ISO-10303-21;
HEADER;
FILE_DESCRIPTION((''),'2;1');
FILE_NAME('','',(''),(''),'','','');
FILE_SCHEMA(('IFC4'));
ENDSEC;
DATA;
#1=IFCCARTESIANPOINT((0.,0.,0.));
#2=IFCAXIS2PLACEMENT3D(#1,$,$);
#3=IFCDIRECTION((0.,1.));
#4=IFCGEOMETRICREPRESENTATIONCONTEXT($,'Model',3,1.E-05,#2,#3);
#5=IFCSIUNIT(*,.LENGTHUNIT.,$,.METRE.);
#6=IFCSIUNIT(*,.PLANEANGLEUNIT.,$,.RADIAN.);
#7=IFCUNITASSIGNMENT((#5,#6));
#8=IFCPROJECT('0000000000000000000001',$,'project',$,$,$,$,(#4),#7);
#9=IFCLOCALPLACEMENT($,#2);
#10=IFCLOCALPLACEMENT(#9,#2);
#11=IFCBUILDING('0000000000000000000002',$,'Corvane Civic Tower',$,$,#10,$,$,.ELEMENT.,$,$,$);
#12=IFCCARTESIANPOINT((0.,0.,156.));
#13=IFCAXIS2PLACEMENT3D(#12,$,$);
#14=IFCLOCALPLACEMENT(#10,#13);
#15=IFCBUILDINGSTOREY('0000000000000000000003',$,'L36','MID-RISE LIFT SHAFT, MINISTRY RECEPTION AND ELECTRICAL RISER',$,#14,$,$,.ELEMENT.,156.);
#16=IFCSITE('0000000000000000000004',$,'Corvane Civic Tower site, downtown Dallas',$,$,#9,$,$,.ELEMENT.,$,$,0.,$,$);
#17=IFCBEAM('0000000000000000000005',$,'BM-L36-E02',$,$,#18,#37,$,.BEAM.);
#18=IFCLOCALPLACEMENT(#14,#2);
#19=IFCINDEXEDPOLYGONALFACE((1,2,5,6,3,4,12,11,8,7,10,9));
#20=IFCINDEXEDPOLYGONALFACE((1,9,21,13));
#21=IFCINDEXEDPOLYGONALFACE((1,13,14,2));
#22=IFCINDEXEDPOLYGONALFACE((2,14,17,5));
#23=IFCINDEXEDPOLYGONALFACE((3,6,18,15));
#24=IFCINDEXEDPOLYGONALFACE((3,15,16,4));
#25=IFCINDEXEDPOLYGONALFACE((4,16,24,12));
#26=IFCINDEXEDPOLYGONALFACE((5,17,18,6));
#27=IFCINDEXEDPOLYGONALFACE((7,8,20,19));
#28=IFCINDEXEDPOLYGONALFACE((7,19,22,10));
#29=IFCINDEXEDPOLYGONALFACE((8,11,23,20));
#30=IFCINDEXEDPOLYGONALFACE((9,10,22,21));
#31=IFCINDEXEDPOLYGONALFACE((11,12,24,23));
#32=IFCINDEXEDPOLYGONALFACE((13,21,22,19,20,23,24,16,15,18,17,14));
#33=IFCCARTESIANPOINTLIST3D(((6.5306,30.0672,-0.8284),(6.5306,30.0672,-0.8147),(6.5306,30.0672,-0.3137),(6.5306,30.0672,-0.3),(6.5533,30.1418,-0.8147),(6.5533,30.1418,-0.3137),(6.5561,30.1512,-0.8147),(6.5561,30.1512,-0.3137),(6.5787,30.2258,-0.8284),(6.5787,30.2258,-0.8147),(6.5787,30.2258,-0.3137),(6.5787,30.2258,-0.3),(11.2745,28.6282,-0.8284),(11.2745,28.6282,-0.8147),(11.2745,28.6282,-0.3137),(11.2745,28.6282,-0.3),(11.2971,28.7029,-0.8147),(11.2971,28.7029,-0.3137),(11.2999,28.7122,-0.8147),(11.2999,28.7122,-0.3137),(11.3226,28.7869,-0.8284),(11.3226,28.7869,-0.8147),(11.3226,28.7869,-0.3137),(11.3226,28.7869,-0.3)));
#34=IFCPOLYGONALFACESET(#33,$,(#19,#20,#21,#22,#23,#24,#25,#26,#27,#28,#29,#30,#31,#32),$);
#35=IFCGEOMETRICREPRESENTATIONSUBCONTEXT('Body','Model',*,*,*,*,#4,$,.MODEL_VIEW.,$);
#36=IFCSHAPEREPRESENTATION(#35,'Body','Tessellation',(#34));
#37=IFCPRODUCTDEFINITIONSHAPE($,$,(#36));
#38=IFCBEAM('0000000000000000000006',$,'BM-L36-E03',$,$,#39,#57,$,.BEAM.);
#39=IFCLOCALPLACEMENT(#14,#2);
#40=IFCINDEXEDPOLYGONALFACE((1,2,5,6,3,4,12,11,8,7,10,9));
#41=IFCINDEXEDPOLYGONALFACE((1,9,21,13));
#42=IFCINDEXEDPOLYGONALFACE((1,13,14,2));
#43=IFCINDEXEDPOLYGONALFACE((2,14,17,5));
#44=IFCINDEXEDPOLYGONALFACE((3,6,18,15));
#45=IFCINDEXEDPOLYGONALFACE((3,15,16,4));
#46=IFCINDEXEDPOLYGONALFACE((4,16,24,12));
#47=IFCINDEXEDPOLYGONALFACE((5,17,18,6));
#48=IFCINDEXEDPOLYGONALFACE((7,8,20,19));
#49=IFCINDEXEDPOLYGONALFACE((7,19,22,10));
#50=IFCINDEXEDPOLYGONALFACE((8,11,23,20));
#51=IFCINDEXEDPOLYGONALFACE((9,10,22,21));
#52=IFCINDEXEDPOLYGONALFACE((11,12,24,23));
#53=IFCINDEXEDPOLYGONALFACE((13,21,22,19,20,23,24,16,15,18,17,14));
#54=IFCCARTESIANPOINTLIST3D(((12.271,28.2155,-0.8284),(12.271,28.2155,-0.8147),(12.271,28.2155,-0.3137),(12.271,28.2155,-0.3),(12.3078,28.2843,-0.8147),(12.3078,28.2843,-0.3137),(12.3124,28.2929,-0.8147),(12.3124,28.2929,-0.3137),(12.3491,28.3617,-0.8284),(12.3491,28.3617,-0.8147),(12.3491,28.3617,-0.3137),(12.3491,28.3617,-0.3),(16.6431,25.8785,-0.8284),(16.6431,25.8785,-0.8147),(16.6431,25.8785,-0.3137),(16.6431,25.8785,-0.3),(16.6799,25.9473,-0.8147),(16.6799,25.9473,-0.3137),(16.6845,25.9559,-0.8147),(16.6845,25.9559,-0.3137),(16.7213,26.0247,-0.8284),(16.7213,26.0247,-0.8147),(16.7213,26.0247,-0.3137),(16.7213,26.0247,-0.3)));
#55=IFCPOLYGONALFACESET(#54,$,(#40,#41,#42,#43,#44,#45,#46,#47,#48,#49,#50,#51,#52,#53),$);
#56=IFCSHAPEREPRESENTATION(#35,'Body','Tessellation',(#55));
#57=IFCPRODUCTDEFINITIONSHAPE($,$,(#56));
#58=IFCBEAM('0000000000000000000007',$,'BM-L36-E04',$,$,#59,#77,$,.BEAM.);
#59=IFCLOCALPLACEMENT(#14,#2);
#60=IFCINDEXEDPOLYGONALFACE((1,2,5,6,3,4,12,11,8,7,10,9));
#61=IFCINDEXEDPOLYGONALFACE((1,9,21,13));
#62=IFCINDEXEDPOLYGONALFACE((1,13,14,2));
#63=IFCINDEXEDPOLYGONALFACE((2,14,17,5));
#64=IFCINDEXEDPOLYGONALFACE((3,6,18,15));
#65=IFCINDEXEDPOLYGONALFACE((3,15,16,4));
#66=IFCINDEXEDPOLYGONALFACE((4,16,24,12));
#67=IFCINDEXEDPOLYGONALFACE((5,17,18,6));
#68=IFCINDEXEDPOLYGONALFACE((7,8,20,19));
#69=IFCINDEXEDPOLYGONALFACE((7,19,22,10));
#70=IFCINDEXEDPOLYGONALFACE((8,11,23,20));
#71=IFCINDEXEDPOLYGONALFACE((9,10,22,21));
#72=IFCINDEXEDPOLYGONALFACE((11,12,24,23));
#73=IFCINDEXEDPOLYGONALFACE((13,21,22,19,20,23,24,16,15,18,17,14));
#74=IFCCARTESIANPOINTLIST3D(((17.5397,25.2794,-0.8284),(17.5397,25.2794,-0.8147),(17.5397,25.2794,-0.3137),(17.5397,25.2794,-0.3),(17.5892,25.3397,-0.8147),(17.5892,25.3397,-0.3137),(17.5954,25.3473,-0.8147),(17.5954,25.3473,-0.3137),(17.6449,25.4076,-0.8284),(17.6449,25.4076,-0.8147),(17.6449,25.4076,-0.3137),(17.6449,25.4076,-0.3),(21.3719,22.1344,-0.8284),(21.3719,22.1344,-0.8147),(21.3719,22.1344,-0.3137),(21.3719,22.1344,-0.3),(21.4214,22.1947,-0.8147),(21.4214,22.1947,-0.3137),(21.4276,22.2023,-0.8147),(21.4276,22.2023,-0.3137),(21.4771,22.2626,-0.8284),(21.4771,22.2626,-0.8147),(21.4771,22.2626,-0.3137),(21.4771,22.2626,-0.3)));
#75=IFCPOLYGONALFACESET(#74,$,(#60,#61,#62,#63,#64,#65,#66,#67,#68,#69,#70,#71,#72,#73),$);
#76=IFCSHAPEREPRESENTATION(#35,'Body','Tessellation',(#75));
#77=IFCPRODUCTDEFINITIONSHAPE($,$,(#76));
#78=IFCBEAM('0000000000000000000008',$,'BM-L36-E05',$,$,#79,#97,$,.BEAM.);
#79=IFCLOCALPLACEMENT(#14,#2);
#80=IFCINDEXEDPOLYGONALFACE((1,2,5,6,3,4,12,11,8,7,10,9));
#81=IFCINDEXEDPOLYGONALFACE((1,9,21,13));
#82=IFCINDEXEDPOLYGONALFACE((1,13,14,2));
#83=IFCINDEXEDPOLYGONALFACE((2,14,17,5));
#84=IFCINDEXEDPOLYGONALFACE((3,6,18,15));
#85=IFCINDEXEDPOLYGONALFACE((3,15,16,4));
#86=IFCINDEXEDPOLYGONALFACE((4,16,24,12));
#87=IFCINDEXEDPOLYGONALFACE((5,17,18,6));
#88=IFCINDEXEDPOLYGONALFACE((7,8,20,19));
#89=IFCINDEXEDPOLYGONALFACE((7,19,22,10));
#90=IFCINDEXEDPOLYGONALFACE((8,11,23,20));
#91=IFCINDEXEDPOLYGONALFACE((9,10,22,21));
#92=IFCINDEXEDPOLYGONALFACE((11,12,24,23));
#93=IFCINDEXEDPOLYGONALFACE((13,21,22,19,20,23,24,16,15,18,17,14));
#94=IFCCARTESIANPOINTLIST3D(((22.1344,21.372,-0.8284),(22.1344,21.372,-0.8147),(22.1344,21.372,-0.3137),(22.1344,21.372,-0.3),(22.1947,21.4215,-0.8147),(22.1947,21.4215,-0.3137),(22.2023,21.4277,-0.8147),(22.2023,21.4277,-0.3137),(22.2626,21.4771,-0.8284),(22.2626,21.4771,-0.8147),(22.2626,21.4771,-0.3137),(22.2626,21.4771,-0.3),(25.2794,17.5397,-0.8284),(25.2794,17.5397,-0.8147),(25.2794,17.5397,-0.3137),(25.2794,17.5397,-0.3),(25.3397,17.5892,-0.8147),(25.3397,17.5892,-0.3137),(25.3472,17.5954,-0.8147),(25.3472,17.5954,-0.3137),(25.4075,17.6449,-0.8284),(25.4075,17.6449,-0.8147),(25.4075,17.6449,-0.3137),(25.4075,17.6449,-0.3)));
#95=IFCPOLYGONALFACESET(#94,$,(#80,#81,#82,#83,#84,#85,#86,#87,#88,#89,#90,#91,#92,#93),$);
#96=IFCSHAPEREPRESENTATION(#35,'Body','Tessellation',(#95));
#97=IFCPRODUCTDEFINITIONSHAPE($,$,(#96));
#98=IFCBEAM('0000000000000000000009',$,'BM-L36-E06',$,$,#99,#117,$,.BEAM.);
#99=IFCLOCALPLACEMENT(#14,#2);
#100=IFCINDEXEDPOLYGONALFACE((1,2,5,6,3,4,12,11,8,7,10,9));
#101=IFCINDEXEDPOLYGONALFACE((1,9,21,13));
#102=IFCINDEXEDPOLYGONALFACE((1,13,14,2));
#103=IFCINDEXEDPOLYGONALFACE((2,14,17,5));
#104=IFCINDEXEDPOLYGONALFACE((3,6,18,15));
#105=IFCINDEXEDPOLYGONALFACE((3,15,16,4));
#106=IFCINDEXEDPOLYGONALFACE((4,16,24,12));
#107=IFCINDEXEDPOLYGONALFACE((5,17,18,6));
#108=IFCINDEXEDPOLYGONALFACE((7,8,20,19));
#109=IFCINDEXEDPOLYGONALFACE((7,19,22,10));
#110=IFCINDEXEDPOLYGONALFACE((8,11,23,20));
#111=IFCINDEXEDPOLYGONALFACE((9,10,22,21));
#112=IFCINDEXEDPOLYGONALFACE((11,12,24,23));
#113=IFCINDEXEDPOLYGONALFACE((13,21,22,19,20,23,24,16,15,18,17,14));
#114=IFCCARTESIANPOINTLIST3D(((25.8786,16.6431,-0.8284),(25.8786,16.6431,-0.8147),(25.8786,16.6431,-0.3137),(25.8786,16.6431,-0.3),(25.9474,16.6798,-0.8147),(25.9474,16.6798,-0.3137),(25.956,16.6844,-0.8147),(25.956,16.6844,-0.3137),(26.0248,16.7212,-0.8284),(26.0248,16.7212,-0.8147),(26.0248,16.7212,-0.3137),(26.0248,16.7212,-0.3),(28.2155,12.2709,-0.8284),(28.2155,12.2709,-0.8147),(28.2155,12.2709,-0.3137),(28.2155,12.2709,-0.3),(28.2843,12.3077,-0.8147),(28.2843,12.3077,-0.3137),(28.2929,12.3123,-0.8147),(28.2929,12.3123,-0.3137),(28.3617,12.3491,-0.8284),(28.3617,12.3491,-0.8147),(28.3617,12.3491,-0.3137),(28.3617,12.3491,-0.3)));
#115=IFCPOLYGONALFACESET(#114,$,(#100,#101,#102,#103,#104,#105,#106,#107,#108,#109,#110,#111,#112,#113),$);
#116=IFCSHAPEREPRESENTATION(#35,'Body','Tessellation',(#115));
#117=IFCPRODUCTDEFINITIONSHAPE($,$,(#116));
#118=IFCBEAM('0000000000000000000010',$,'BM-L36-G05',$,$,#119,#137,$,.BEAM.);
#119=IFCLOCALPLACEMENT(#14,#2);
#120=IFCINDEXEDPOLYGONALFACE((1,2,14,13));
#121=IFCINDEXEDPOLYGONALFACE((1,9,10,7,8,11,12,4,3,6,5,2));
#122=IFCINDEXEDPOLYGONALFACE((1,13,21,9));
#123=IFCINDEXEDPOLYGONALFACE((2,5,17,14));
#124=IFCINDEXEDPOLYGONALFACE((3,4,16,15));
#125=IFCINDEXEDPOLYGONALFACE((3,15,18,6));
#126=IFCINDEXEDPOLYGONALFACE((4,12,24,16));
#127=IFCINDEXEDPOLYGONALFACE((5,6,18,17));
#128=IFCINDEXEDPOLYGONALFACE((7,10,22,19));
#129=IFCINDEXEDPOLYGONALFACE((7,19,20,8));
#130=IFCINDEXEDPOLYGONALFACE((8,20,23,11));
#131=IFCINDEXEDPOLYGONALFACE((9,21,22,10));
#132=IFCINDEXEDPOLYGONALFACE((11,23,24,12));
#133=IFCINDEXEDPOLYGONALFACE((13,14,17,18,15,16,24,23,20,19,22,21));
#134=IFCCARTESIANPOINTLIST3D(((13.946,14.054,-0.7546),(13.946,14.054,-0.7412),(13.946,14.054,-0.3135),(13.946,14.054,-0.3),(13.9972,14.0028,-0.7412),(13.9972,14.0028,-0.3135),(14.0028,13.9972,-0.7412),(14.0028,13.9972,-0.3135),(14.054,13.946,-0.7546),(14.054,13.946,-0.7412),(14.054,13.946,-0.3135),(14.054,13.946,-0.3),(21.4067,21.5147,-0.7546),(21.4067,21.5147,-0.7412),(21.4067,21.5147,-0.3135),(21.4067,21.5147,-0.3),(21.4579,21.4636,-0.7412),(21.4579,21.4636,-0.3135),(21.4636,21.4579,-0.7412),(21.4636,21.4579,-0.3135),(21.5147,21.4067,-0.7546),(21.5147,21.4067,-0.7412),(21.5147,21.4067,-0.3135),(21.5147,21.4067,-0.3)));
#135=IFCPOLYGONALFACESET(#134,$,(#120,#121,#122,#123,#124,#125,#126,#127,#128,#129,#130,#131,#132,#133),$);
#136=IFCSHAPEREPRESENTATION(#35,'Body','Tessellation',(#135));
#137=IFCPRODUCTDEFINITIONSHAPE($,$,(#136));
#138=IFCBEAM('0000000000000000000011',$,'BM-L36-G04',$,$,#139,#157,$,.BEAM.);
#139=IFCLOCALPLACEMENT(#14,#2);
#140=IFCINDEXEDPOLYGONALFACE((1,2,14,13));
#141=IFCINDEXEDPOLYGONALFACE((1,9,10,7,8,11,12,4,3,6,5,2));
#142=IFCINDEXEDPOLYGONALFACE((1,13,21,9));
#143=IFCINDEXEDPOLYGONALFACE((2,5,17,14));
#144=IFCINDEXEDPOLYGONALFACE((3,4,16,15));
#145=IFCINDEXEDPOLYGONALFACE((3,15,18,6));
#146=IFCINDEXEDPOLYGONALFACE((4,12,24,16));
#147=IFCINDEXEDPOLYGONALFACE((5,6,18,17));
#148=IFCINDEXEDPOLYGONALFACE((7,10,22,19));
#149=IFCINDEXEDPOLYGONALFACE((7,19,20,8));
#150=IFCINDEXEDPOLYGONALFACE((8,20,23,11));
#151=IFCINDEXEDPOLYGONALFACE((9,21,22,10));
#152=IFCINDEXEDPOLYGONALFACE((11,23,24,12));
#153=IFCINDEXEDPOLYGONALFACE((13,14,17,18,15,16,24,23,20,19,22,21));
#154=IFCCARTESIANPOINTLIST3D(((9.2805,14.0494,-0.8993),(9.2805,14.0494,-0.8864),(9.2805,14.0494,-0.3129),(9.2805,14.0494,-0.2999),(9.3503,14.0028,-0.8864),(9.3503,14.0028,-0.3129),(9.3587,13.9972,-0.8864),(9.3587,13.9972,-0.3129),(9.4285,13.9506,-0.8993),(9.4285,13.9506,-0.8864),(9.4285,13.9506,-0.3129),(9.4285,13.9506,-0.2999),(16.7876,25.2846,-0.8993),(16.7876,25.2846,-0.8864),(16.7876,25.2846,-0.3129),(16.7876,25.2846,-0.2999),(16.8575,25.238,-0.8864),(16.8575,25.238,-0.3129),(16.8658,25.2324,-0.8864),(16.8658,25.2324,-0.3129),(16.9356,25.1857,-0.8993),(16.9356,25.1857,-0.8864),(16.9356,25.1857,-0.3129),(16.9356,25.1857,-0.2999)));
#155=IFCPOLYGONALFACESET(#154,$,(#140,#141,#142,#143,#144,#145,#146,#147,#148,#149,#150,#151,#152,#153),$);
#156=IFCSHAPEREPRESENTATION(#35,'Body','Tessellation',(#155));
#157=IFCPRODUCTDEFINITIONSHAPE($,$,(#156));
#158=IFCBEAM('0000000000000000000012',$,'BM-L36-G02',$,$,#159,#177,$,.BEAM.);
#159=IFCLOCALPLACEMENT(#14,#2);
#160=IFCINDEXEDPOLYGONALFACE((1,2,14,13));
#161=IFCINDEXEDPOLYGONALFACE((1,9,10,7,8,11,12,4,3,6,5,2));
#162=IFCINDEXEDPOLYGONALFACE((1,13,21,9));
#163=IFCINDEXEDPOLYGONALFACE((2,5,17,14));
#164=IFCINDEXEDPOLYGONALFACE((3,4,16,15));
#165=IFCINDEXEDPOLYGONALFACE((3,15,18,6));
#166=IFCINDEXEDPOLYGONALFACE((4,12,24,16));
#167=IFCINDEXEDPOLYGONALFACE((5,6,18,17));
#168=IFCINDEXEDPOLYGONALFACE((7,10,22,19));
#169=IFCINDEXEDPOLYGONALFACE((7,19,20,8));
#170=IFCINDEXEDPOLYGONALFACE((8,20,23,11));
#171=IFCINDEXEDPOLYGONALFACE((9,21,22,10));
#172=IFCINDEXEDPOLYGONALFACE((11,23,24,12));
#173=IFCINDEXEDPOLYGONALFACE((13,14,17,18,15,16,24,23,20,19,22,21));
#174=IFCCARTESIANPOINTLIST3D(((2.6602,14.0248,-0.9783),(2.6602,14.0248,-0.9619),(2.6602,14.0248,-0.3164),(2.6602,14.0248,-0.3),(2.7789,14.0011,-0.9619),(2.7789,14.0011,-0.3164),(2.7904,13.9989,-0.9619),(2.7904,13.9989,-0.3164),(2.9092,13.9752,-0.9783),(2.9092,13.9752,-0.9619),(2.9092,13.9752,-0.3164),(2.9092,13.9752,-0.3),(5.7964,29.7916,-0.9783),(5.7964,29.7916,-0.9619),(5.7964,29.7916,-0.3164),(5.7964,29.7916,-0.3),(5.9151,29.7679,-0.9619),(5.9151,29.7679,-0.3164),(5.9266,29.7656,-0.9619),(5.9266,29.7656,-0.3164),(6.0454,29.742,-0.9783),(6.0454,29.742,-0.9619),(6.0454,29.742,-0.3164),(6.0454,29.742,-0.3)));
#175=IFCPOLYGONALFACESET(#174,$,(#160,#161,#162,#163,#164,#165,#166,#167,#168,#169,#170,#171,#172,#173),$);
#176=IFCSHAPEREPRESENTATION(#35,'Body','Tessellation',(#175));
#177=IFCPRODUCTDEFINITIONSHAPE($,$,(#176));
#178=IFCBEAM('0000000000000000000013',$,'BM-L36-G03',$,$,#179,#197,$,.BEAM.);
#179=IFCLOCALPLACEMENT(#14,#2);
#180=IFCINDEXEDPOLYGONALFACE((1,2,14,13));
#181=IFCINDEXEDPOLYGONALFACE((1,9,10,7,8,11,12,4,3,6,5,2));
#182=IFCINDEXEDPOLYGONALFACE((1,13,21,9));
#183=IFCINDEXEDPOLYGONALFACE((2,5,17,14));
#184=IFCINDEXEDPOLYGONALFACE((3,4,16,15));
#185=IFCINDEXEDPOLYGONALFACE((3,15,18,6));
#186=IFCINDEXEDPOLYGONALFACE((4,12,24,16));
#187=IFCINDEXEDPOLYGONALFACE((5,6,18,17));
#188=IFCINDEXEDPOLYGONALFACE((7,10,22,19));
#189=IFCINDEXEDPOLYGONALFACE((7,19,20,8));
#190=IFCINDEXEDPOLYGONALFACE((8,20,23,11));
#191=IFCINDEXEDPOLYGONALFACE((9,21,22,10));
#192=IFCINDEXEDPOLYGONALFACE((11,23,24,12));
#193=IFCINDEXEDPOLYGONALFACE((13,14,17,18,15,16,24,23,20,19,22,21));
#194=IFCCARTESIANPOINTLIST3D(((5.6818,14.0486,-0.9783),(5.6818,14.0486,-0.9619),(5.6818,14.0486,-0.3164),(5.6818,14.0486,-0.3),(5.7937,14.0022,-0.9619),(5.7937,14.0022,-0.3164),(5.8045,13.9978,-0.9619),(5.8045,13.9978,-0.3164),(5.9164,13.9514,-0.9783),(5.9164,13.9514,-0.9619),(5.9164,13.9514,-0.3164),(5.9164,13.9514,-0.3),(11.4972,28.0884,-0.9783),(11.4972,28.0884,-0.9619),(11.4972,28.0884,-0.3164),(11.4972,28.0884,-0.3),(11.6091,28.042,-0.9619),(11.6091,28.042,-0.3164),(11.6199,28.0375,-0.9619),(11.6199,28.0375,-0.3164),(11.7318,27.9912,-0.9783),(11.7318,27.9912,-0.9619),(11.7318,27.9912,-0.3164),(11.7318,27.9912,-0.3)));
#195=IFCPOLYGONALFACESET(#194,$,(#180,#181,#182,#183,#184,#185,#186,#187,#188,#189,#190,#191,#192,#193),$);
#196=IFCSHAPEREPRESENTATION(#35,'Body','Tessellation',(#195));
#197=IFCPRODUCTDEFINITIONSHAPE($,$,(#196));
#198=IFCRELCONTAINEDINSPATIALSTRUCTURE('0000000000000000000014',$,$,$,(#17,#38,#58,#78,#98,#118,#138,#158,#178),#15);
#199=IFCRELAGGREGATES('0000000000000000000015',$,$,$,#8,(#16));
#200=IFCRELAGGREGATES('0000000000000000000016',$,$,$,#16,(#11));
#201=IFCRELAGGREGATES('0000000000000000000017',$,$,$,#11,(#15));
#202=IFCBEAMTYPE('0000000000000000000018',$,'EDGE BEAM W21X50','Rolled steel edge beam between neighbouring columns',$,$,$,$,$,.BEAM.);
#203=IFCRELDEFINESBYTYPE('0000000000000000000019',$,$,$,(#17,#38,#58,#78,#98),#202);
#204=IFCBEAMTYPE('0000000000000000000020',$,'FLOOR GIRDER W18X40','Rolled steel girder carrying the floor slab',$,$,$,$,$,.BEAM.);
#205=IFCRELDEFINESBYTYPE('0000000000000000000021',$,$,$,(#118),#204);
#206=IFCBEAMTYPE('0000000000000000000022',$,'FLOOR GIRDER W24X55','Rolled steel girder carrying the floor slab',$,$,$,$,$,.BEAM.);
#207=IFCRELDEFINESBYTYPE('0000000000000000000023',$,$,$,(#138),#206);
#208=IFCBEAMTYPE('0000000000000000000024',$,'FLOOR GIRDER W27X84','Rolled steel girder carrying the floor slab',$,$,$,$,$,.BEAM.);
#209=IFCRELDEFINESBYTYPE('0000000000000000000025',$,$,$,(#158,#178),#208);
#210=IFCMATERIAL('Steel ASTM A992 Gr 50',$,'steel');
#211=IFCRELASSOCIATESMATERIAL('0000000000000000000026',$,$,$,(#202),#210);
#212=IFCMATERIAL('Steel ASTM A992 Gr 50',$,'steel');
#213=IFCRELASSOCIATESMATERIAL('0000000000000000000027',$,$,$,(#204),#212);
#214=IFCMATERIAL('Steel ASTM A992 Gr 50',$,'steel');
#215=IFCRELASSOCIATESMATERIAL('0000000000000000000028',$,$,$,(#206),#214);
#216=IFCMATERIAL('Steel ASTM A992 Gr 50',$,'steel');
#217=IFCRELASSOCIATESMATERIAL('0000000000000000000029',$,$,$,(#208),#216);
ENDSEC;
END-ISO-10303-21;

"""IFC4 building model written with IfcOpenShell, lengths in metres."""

from ifc_helpers import new_model, si_unit, direction, frame, origin, origin_2d, place, context, subcontext, project, spatial, i_section, extrude, material, material_profile, profile_set, type_object, element, save


model = new_model("IFC4")

# Units and contexts
model_context = context("Model", 3, precision=1e-05, world=origin(), true_north=direction((0.0, 1.0)))
body_context = subcontext(model_context, "Body", "Model", "MODEL_VIEW")
ifc_project = project(units=[si_unit("LENGTHUNIT", "METRE"), si_unit("PLANEANGLEUNIT", "RADIAN")], contexts=[model_context])

# Site, building, storey
site_placement = place(None, origin())
site = spatial("IfcSite", under=ifc_project, at=site_placement, Name="Corvane Civic Tower site, downtown Dallas", CompositionType="ELEMENT", RefElevation=0.0)
building_placement = place(site_placement, origin())
building = spatial("IfcBuilding", under=site, at=building_placement, Name="Corvane Civic Tower", CompositionType="ELEMENT")
storey_placement = place(building_placement, frame((0.0, 0.0, 156.0)))
storey = spatial("IfcBuildingStorey", under=building, at=storey_placement, Name="L36", Description="MID-RISE LIFT SHAFT, MINISTRY RECEPTION AND ELECTRICAL RISER", CompositionType="ELEMENT", Elevation=156.0)

# Beams
ifc_material_1 = material(Name="Steel ASTM A992 Gr 50", Category="steel")
ifc_material_profile_1 = material_profile(ifc_material_1, i_section(OverallWidth=0.1658, OverallDepth=0.5283, WebThickness=0.0098, FlangeThickness=0.0137, at=origin_2d()), Name="W21X50")
ifc_profile_set_1 = profile_set([ifc_material_profile_1], Name="Steel ASTM A992 Gr 50")
beam_type_1 = type_object("IfcBeamType", Name="EDGE BEAM W21X50", Description="Rolled steel edge beam between neighbouring columns", PredefinedType="BEAM", material=ifc_profile_set_1)
beam_1_placement = place(storey_placement, frame((6.5547, 30.1465, -0.5642), z_axis=(0.956945, -0.29027, 0.0), x_axis=(0.29027, 0.956945, 0.0)))
element("IfcBeam", 1, at=beam_1_placement, inside=storey, type_object=beam_type_1, Name="BM-L36-E02", PredefinedType="BEAM", context=body_context, shape_type="SweptSolid", body=[
    extrude(i_section(OverallWidth=0.1658, OverallDepth=0.5283, WebThickness=0.0098, FlangeThickness=0.0137, at=origin_2d()), origin(), (0.0, 0.0, 1.0), 4.9573),
])
for number, where, z_axis, x_axis, name in (
    (2, (12.3101, 28.2886, -0.5642), (0.881922, -0.471396, 0.0), (0.471396, 0.881922, 0.0), "BM-L36-E03"),
    (3, (17.5923, 25.3435, -0.5642), (0.773015, -0.634388, 0.0), (0.634388, 0.773015, 0.0), "BM-L36-E04"),
    (4, (22.1985, 21.4246, -0.5642), (0.634388, -0.773015, 0.0), (0.773015, 0.634388, 0.0), "BM-L36-E05"),
    (5, (25.9517, 16.6821, -0.5642), (0.471396, -0.881922, 0.0), (0.881922, 0.471396, 0.0), "BM-L36-E06"),
):
    element("IfcBeam", number, at=place(storey_placement, frame(where, z_axis=z_axis, x_axis=x_axis)), inside=storey, type_object=beam_type_1, Name=name, PredefinedType="BEAM", context=body_context, shape_type="SweptSolid", body=[
        extrude(i_section(OverallWidth=0.1658, OverallDepth=0.5283, WebThickness=0.0098, FlangeThickness=0.0137, at=origin_2d()), origin(), (0.0, 0.0, 1.0), 4.9575),
    ])
ifc_material_2 = material(Name="Steel ASTM A992 Gr 50", Category="steel")
ifc_material_profile_2 = material_profile(ifc_material_2, i_section(OverallWidth=0.1528, OverallDepth=0.4546, WebThickness=0.0081, FlangeThickness=0.0134, at=origin_2d()), Name="W18X40")
ifc_profile_set_2 = profile_set([ifc_material_profile_2], Name="Steel ASTM A992 Gr 50")
beam_type_2 = type_object("IfcBeamType", Name="FLOOR GIRDER W18X40", Description="Rolled steel girder carrying the floor slab", PredefinedType="BEAM", material=ifc_profile_set_2)
beam_2_placement = place(storey_placement, frame((14.0, 14.0, -0.5273), z_axis=(0.707107, 0.707107, 0.0), x_axis=(-0.707107, 0.707107, 0.0)))
element("IfcBeam", 6, at=beam_2_placement, inside=storey, type_object=beam_type_2, Name="BM-L36-G05", PredefinedType="BEAM", context=body_context, shape_type="SweptSolid", body=[
    extrude(i_section(OverallWidth=0.1528, OverallDepth=0.4546, WebThickness=0.0081, FlangeThickness=0.0134, at=origin_2d()), origin(), (0.0, 0.0, 1.0), 10.551),
])
ifc_material_3 = material(Name="Steel ASTM A992 Gr 50", Category="steel")
ifc_material_profile_3 = material_profile(ifc_material_3, i_section(OverallWidth=0.178, OverallDepth=0.5994, WebThickness=0.01, FlangeThickness=0.0129, at=origin_2d()), Name="W24X55")
ifc_profile_set_3 = profile_set([ifc_material_profile_3], Name="Steel ASTM A992 Gr 50")
beam_type_3 = type_object("IfcBeamType", Name="FLOOR GIRDER W24X55", Description="Rolled steel girder carrying the floor slab", PredefinedType="BEAM", material=ifc_profile_set_3)
beam_3_placement = place(storey_placement, frame((9.3545, 14.0, -0.5996), z_axis=(0.555571, 0.831469, 0.0), x_axis=(-0.831469, 0.555571, 0.0)))
element("IfcBeam", 7, at=beam_3_placement, inside=storey, type_object=beam_type_3, Name="BM-L36-G04", PredefinedType="BEAM", context=body_context, shape_type="SweptSolid", body=[
    extrude(i_section(OverallWidth=0.178, OverallDepth=0.5994, WebThickness=0.01, FlangeThickness=0.0129, at=origin_2d()), origin(), (0.0, 0.0, 1.0), 13.5125),
])
ifc_material_4 = material(Name="Steel ASTM A992 Gr 50", Category="steel")
ifc_material_profile_4 = material_profile(ifc_material_4, i_section(OverallWidth=0.2539, OverallDepth=0.6782, WebThickness=0.0117, FlangeThickness=0.0164, at=origin_2d()), Name="W27X84")
ifc_profile_set_4 = profile_set([ifc_material_profile_4], Name="Steel ASTM A992 Gr 50")
beam_type_4 = type_object("IfcBeamType", Name="FLOOR GIRDER W27X84", Description="Rolled steel girder carrying the floor slab", PredefinedType="BEAM", material=ifc_profile_set_4)
beam_4_placement = place(storey_placement, frame((2.7847, 14.0, -0.6392), z_axis=(0.195091, 0.980785, 0.0), x_axis=(-0.980785, 0.195091, 0.0)))
element("IfcBeam", 8, at=beam_4_placement, inside=storey, type_object=beam_type_4, Name="BM-L36-G02", PredefinedType="BEAM", context=body_context, shape_type="SweptSolid", body=[
    extrude(i_section(OverallWidth=0.2539, OverallDepth=0.6782, WebThickness=0.0117, FlangeThickness=0.0164, at=origin_2d()), origin(), (0.0, 0.0, 1.0), 16.0757),
])
beam_5_placement = place(storey_placement, frame((5.7991, 14.0, -0.6392), z_axis=(0.382681, 0.923881, 0.0), x_axis=(-0.923881, 0.382681, 0.0)))
element("IfcBeam", 9, at=beam_5_placement, inside=storey, type_object=beam_type_4, Name="BM-L36-G03", PredefinedType="BEAM", context=body_context, shape_type="SweptSolid", body=[
    extrude(i_section(OverallWidth=0.2539, OverallDepth=0.6782, WebThickness=0.0117, FlangeThickness=0.0164, at=origin_2d()), origin(), (0.0, 0.0, 1.0), 15.1965),
])

save(model, "model.ifc")
